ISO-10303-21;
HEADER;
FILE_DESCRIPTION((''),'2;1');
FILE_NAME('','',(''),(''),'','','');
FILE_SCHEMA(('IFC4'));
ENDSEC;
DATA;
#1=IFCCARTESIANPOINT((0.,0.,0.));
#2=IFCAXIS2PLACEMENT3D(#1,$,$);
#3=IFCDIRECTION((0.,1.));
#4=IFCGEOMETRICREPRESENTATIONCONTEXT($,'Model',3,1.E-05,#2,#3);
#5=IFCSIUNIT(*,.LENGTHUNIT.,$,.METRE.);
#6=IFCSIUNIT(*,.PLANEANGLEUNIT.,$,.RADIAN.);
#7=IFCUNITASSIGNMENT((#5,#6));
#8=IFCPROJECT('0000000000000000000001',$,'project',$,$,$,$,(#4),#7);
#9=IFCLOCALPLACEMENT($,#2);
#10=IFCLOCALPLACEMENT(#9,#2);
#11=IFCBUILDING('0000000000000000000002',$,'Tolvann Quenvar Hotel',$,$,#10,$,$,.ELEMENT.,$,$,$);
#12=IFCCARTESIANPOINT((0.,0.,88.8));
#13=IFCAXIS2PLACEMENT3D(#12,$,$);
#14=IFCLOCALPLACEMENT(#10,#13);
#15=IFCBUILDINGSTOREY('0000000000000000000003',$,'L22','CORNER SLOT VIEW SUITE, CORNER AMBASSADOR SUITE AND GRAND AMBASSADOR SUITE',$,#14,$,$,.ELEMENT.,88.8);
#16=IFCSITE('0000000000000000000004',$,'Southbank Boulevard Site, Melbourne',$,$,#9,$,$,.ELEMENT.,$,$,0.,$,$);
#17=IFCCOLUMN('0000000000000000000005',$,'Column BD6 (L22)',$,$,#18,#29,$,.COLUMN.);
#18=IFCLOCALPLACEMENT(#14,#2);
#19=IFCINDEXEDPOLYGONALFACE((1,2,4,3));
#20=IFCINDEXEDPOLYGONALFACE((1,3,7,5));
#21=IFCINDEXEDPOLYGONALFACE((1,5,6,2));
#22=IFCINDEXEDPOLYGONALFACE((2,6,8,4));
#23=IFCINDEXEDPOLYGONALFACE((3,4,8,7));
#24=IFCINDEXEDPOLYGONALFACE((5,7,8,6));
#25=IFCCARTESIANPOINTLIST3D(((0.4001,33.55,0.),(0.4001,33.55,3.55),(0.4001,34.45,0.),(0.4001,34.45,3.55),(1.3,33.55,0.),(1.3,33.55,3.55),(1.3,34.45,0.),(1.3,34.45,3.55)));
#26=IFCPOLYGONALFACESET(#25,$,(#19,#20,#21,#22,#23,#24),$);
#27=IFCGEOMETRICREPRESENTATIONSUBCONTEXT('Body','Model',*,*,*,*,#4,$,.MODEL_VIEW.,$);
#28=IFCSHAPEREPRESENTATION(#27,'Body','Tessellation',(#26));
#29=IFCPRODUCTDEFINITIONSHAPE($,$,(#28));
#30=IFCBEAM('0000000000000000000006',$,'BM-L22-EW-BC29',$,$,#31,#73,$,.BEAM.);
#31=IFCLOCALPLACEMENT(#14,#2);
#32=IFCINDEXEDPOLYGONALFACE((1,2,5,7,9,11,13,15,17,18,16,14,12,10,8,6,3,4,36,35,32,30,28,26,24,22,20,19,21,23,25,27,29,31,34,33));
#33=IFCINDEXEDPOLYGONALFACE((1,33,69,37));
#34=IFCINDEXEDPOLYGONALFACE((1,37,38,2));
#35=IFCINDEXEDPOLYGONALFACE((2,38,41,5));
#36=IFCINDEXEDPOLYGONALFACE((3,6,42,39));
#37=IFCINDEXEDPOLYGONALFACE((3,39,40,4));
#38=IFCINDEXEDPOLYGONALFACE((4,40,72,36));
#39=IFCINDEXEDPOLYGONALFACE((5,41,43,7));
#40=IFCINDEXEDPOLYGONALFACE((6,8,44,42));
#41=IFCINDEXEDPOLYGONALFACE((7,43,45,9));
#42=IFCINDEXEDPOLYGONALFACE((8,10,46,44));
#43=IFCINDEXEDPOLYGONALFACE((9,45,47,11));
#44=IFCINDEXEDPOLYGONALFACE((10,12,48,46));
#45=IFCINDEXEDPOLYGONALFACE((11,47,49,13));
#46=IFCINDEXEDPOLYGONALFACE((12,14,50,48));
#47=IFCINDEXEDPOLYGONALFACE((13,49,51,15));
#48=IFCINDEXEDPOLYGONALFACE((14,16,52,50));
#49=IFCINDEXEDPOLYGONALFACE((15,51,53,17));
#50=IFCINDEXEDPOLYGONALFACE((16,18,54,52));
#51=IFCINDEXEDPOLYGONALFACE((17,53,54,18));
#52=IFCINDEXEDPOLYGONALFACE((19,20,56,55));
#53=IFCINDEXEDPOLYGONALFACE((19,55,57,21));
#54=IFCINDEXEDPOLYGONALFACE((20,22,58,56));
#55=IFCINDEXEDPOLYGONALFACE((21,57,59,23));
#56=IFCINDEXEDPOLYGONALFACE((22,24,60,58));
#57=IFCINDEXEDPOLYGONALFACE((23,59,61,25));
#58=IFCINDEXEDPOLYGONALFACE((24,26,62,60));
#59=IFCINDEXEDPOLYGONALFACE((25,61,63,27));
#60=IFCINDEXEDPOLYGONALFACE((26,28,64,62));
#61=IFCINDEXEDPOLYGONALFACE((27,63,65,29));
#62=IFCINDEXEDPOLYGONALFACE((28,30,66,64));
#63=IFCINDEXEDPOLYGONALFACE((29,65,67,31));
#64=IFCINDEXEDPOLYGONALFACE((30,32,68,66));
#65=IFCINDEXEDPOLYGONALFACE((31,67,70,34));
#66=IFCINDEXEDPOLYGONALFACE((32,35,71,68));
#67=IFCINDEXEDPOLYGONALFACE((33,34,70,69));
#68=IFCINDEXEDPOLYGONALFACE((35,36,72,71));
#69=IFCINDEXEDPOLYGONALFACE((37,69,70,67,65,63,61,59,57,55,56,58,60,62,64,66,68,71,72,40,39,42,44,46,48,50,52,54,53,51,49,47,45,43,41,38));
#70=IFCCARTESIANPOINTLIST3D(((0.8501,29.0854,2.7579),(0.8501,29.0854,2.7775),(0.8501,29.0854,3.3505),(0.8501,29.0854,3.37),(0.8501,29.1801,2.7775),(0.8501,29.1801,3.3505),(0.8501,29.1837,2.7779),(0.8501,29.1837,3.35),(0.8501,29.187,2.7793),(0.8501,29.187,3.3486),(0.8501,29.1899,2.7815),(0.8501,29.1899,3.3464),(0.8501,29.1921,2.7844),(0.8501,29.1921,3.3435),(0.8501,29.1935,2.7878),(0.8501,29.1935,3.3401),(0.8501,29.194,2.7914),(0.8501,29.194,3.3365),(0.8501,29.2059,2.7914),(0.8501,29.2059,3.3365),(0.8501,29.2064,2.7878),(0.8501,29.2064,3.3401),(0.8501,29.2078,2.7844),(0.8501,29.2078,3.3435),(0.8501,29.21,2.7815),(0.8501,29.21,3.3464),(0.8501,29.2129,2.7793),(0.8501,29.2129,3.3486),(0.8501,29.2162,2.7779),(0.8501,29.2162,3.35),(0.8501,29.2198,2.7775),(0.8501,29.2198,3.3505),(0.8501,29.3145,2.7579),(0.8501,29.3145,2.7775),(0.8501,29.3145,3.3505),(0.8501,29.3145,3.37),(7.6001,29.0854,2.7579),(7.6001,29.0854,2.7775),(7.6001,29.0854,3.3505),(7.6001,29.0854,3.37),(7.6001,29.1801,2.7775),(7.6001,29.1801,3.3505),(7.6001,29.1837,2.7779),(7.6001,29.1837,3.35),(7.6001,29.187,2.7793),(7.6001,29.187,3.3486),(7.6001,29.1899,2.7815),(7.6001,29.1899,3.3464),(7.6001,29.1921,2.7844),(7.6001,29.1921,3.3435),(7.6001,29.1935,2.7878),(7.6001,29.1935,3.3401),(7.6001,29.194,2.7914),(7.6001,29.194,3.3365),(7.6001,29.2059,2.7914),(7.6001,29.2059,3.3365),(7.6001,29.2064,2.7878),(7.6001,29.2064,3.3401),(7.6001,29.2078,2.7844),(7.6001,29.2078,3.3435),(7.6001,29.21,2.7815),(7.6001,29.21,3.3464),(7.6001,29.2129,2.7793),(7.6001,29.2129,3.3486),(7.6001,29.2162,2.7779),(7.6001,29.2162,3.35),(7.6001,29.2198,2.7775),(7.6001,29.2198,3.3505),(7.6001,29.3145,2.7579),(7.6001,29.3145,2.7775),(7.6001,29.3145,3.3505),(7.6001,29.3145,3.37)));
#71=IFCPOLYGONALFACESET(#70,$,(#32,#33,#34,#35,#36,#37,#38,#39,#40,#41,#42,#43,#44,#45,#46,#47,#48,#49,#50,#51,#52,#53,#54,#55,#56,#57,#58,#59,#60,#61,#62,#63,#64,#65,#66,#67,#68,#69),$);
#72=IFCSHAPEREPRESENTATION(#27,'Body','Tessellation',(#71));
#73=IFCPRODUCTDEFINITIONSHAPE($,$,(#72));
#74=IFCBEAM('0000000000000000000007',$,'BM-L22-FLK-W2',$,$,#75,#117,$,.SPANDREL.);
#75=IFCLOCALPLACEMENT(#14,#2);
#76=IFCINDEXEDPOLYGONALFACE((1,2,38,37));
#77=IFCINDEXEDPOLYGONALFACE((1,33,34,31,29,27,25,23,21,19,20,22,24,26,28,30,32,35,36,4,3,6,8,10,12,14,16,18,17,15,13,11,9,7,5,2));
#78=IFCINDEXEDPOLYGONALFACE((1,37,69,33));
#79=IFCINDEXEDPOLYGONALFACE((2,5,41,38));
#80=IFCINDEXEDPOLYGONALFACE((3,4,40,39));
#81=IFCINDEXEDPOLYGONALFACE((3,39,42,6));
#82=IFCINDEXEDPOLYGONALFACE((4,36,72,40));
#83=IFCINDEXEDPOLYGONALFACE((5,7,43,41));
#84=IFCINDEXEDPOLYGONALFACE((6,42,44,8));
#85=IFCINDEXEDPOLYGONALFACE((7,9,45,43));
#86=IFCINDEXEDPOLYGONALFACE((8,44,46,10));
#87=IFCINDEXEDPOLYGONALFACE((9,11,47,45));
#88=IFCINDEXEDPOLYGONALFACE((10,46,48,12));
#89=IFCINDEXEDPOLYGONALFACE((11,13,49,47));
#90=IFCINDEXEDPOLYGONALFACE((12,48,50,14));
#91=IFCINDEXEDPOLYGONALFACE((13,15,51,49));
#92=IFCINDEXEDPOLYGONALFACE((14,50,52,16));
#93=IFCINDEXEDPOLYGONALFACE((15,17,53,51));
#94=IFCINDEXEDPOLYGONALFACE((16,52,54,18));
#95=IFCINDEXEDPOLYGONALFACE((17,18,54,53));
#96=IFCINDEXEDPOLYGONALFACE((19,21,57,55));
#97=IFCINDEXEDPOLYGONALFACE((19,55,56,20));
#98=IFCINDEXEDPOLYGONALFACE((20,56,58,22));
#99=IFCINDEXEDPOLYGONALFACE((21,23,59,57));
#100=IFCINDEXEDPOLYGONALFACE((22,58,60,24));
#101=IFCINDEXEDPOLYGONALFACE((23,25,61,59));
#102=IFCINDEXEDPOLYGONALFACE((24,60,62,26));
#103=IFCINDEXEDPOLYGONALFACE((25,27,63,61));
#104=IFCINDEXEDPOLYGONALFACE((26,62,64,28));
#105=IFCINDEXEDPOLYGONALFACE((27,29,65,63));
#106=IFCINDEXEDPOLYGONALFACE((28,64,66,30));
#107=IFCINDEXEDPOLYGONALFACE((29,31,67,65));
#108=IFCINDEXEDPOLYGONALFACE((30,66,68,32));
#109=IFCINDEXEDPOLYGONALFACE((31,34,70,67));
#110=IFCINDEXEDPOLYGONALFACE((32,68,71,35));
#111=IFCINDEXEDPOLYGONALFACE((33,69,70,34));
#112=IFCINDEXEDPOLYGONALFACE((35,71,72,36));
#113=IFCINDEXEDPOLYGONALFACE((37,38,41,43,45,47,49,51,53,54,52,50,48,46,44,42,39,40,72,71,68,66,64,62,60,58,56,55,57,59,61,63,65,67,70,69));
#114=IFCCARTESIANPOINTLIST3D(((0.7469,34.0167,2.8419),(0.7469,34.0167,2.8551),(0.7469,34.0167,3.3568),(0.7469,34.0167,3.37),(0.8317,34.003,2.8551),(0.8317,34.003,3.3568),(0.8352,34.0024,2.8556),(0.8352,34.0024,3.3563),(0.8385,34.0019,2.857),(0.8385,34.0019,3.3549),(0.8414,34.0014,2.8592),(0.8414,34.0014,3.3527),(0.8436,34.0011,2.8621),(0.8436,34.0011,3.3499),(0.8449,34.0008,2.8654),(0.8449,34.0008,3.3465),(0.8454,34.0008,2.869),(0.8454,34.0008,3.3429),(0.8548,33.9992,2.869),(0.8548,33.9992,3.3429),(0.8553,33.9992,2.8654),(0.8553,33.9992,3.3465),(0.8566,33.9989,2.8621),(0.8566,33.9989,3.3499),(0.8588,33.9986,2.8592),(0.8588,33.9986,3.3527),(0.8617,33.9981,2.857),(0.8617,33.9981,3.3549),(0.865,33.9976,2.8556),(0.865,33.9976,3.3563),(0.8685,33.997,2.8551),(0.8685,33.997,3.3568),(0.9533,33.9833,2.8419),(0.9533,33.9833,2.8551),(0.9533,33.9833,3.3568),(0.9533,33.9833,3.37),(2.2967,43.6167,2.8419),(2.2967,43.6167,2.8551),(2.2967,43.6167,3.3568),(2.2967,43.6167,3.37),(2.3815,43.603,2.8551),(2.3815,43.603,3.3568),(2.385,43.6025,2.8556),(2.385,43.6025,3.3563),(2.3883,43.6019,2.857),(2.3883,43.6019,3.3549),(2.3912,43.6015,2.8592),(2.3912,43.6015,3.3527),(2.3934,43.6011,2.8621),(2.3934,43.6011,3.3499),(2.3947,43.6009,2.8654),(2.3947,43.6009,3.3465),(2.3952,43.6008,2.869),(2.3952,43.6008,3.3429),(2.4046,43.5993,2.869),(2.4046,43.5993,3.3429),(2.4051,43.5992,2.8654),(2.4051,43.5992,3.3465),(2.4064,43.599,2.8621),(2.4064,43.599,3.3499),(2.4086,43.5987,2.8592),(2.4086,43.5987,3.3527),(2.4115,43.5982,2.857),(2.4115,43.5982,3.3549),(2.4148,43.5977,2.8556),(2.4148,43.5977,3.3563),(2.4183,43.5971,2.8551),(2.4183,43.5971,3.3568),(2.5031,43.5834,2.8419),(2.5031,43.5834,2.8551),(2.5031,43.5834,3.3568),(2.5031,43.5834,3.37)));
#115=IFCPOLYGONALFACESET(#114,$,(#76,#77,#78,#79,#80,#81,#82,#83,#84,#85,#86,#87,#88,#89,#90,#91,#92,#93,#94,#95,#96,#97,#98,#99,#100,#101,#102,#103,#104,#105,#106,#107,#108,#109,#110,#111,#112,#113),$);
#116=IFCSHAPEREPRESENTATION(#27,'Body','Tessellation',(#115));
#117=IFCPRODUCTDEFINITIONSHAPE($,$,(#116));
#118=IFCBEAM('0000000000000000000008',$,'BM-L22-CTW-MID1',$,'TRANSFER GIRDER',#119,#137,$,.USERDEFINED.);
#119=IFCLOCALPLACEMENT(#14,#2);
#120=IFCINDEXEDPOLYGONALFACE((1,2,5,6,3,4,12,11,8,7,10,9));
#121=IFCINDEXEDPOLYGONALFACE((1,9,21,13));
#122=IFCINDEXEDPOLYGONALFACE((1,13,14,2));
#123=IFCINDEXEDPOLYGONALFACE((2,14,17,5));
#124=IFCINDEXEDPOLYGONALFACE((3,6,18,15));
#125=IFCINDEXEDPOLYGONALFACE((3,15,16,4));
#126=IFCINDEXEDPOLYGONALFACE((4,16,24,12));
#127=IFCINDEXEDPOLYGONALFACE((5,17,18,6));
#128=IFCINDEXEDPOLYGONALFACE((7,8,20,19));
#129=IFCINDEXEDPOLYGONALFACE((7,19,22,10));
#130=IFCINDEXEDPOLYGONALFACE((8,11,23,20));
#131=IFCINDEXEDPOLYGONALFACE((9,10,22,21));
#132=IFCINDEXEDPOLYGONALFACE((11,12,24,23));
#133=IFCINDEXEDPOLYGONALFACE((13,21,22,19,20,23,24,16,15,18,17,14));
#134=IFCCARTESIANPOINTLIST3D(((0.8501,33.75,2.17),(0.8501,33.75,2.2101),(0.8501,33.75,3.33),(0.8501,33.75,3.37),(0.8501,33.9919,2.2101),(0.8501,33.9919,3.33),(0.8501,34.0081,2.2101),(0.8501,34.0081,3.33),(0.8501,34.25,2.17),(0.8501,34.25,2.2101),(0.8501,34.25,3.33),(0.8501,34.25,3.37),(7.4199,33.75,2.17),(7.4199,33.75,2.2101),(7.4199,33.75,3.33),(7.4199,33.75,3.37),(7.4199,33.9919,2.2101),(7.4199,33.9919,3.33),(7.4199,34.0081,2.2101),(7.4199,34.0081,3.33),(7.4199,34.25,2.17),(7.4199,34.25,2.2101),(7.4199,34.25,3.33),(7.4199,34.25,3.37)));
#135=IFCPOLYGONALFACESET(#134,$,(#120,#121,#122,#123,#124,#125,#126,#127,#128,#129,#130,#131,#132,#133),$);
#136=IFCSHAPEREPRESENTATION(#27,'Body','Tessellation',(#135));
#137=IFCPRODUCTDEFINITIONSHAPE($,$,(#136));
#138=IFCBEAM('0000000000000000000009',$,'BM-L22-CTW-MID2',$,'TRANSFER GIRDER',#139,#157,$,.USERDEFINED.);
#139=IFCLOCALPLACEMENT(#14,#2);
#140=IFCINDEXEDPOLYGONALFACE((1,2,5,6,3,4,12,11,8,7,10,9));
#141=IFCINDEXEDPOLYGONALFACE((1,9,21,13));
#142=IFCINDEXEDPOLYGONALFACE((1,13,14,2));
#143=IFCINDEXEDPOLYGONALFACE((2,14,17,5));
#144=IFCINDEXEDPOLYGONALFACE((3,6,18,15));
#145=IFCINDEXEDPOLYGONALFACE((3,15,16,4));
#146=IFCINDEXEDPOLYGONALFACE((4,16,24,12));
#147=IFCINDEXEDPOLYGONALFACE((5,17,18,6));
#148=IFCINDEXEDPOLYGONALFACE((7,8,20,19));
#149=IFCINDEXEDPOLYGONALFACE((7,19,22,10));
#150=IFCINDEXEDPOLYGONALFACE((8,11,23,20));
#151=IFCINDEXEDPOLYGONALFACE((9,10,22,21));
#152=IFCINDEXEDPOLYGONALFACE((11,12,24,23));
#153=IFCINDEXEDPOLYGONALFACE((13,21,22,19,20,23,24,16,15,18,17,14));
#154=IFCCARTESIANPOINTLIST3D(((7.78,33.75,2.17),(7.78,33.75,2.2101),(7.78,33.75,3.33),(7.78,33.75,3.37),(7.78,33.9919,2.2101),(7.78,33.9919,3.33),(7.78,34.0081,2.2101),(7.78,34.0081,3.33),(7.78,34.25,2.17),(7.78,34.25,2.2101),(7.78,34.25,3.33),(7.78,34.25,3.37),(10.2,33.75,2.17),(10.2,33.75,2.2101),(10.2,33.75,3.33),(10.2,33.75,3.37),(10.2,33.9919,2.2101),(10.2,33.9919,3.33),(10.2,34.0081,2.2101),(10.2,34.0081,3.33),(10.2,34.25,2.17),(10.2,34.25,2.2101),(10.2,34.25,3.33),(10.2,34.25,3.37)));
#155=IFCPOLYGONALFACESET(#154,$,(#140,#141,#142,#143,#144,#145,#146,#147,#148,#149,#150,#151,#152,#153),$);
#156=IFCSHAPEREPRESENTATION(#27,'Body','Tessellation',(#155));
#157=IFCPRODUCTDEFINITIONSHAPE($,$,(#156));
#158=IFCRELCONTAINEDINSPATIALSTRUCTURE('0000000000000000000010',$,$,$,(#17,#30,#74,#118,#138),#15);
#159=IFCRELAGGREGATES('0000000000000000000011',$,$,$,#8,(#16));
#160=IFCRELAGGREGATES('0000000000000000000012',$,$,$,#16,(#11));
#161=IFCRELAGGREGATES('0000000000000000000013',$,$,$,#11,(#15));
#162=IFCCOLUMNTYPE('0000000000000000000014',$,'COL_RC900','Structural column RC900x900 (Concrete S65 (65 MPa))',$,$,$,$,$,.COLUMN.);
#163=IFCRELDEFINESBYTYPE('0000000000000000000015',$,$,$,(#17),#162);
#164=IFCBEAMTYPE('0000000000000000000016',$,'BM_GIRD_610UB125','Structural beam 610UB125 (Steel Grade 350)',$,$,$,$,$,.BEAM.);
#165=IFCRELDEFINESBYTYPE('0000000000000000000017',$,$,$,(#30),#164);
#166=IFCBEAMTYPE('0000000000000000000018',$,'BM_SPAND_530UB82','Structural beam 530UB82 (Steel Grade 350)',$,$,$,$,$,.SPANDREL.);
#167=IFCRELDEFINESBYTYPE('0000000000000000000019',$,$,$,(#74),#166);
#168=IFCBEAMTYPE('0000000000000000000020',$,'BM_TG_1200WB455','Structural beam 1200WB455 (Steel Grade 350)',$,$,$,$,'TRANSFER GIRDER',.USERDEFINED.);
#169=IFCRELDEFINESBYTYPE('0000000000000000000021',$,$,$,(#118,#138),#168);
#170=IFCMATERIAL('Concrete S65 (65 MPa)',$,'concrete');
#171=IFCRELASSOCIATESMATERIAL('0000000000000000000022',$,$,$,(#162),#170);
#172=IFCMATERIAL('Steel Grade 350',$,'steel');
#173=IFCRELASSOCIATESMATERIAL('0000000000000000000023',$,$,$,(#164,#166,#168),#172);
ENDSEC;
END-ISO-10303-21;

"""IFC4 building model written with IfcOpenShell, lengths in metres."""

from ifc_helpers import new_model, si_unit, direction, frame, origin, origin_2d, place, context, subcontext, project, spatial, rectangle, i_section, extrude, source, transform, mapped, material, material_profile, profile_set, type_object, type_shapes, element, save


model = new_model("IFC4")

# Units and contexts
model_context = context("Model", 3, precision=1e-05, world=origin(), true_north=direction((0.0, 1.0)))
body_context = subcontext(model_context, "Body", "Model", "MODEL_VIEW")
ifc_project = project(units=[si_unit("LENGTHUNIT", "METRE"), si_unit("PLANEANGLEUNIT", "RADIAN")], contexts=[model_context])

# Site, building, storey
site_placement = place(None, origin())
site = spatial("IfcSite", under=ifc_project, at=site_placement, Name="Southbank Boulevard Site, Melbourne", CompositionType="ELEMENT", RefElevation=0.0)
building_placement = place(site_placement, origin())
building = spatial("IfcBuilding", under=site, at=building_placement, Name="Tolvann Quenvar Hotel", CompositionType="ELEMENT")
storey_placement = place(building_placement, frame((0.0, 0.0, 88.8)))
storey = spatial("IfcBuildingStorey", under=building, at=storey_placement, Name="L22", Description="CORNER SLOT VIEW SUITE, CORNER AMBASSADOR SUITE AND GRAND AMBASSADOR SUITE", CompositionType="ELEMENT", Elevation=88.8)

# Column
ifc_material_1 = material(Name="Concrete S65 (65 MPa)", Category="concrete")
ifc_material_profile_1 = material_profile(ifc_material_1, rectangle(XDim=0.8999, YDim=0.8999, at=origin_2d()), Name="RC900x900")
ifc_profile_set_1 = profile_set([ifc_material_profile_1], Name="Concrete S65 (65 MPa)")
column_type = type_object("IfcColumnType", Name="COL_RC900", Description="Structural column RC900x900 (Concrete S65 (65 MPa))", PredefinedType="COLUMN", material=ifc_profile_set_1)
shared_shape_1 = source(origin(), body_context, "Body", "SweptSolid", [
    extrude(rectangle(XDim=0.8999, YDim=0.8999, at=origin_2d()), origin(), (0.0, 0.0, 1.0), 3.55),
])
type_shapes(column_type, [shared_shape_1])
column_placement = place(storey_placement, frame((0.8501, 34.0, 0.0), z_axis=(0.0, 0.0, 1.0), x_axis=(1.0, 0.0, 0.0)))
element("IfcColumn", 1, at=column_placement, inside=storey, type_object=column_type, Name="Column BD6 (L22)", PredefinedType="COLUMN", context=body_context, shape_type="MappedRepresentation", body=[
    mapped(shared_shape_1, transform((0.0, 0.0, 0.0), x_axis=(1.0, 0.0, 0.0), y_axis=(0.0, 1.0, 0.0), z_axis=(0.0, 0.0, 1.0), scale=1.0)),
])

# Beams
ifc_material_2 = material(Name="Steel Grade 350", Category="steel")
ifc_material_profile_2 = material_profile(ifc_material_2, i_section(OverallWidth=0.229, OverallDepth=0.6121, WebThickness=0.012, FlangeThickness=0.0195, FilletRadius=0.0139, at=origin_2d()), Name="610UB125")
ifc_profile_set_2 = profile_set([ifc_material_profile_2], Name="Steel Grade 350")
beam_type_1 = type_object("IfcBeamType", Name="BM_GIRD_610UB125", Description="Structural beam 610UB125 (Steel Grade 350)", PredefinedType="BEAM", material=ifc_profile_set_2)
shared_shape_2 = source(origin(), body_context, "Body", "SweptSolid", [
    extrude(i_section(OverallWidth=0.229, OverallDepth=0.6121, WebThickness=0.012, FlangeThickness=0.0195, FilletRadius=0.0139, at=origin_2d()), origin(), (0.0, 0.0, 1.0), 6.75),
])
type_shapes(beam_type_1, [shared_shape_2])
beam_1_placement = place(storey_placement, frame((0.8501, 29.2, 3.064), z_axis=(1.0, 0.0, 0.0), x_axis=(0.0, 1.0, 0.0)))
element("IfcBeam", 2, at=beam_1_placement, inside=storey, type_object=beam_type_1, Name="BM-L22-EW-BC29", PredefinedType="BEAM", context=body_context, shape_type="MappedRepresentation", body=[
    mapped(shared_shape_2, transform((0.0, 0.0, 0.0), x_axis=(1.0, 0.0, 0.0), y_axis=(0.0, 1.0, 0.0), z_axis=(0.0, 0.0, 1.0), scale=1.0)),
])
ifc_material_profile_3 = material_profile(ifc_material_2, i_section(OverallWidth=0.209, OverallDepth=0.5281, WebThickness=0.0095, FlangeThickness=0.0132, FilletRadius=0.0139, at=origin_2d()), Name="530UB82")
ifc_profile_set_3 = profile_set([ifc_material_profile_3], Name="Steel Grade 350")
beam_type_2 = type_object("IfcBeamType", Name="BM_SPAND_530UB82", Description="Structural beam 530UB82 (Steel Grade 350)", PredefinedType="SPANDREL", material=ifc_profile_set_3)
shared_shape_3 = source(origin(), body_context, "Body", "SweptSolid", [
    extrude(i_section(OverallWidth=0.209, OverallDepth=0.5281, WebThickness=0.0095, FlangeThickness=0.0132, FilletRadius=0.0139, at=origin_2d()), origin(), (0.0, 0.0, 1.0), 9.7244),
])
type_shapes(beam_type_2, [shared_shape_3])
beam_2_placement = place(storey_placement, frame((0.8501, 34.0, 3.106), z_axis=(0.159373, 0.987218, 0.0), x_axis=(-0.987218, 0.159373, 0.0)))
element("IfcBeam", 3, at=beam_2_placement, inside=storey, type_object=beam_type_2, Name="BM-L22-FLK-W2", PredefinedType="SPANDREL", context=body_context, shape_type="MappedRepresentation", body=[
    mapped(shared_shape_3, transform((0.0, 0.0, 0.0), x_axis=(1.0, 0.0, 0.0), y_axis=(0.0, 1.0, 0.0), z_axis=(0.0, 0.0, 1.0), scale=1.0)),
])
ifc_material_profile_4 = material_profile(ifc_material_2, i_section(OverallWidth=0.5, OverallDepth=1.2, WebThickness=0.0161, FlangeThickness=0.04, at=origin_2d()), Name="1200WB455")
ifc_profile_set_4 = profile_set([ifc_material_profile_4], Name="Steel Grade 350")
beam_type_3 = type_object("IfcBeamType", Name="BM_TG_1200WB455", Description="Structural beam 1200WB455 (Steel Grade 350)", ElementType="TRANSFER GIRDER", PredefinedType="USERDEFINED", material=ifc_profile_set_4)
shared_shape_4 = source(origin(), body_context, "Body", "SweptSolid", [
    extrude(i_section(OverallWidth=0.5, OverallDepth=1.2, WebThickness=0.0161, FlangeThickness=0.04, at=origin_2d()), origin(), (0.0, 0.0, 1.0), 6.5698),
])
beam_3_placement = place(storey_placement, frame((0.8501, 34.0, 2.77), z_axis=(1.0, 0.0, 0.0), x_axis=(0.0, 1.0, 0.0)))
element("IfcBeam", 4, at=beam_3_placement, inside=storey, type_object=beam_type_3, Name="BM-L22-CTW-MID1", ObjectType="TRANSFER GIRDER", PredefinedType="USERDEFINED", context=body_context, shape_type="MappedRepresentation", body=[
    mapped(shared_shape_4, transform((0.0, 0.0, 0.0), x_axis=(1.0, 0.0, 0.0), y_axis=(0.0, 1.0, 0.0), z_axis=(0.0, 0.0, 1.0), scale=1.0)),
])
shared_shape_5 = source(origin(), body_context, "Body", "SweptSolid", [
    extrude(i_section(OverallWidth=0.5, OverallDepth=1.2, WebThickness=0.0161, FlangeThickness=0.04, at=origin_2d()), origin(), (0.0, 0.0, 1.0), 2.4199),
])
type_shapes(beam_type_3, [shared_shape_4, shared_shape_5])
beam_4_placement = place(storey_placement, frame((7.78, 34.0, 2.77), z_axis=(1.0, 0.0, 0.0), x_axis=(0.0, 1.0, 0.0)))
element("IfcBeam", 5, at=beam_4_placement, inside=storey, type_object=beam_type_3, Name="BM-L22-CTW-MID2", ObjectType="TRANSFER GIRDER", PredefinedType="USERDEFINED", context=body_context, shape_type="MappedRepresentation", body=[
    mapped(shared_shape_5, transform((0.0, 0.0, 0.0), x_axis=(1.0, 0.0, 0.0), y_axis=(0.0, 1.0, 0.0), z_axis=(0.0, 0.0, 1.0), scale=1.0)),
])

save(model, "model.ifc")
